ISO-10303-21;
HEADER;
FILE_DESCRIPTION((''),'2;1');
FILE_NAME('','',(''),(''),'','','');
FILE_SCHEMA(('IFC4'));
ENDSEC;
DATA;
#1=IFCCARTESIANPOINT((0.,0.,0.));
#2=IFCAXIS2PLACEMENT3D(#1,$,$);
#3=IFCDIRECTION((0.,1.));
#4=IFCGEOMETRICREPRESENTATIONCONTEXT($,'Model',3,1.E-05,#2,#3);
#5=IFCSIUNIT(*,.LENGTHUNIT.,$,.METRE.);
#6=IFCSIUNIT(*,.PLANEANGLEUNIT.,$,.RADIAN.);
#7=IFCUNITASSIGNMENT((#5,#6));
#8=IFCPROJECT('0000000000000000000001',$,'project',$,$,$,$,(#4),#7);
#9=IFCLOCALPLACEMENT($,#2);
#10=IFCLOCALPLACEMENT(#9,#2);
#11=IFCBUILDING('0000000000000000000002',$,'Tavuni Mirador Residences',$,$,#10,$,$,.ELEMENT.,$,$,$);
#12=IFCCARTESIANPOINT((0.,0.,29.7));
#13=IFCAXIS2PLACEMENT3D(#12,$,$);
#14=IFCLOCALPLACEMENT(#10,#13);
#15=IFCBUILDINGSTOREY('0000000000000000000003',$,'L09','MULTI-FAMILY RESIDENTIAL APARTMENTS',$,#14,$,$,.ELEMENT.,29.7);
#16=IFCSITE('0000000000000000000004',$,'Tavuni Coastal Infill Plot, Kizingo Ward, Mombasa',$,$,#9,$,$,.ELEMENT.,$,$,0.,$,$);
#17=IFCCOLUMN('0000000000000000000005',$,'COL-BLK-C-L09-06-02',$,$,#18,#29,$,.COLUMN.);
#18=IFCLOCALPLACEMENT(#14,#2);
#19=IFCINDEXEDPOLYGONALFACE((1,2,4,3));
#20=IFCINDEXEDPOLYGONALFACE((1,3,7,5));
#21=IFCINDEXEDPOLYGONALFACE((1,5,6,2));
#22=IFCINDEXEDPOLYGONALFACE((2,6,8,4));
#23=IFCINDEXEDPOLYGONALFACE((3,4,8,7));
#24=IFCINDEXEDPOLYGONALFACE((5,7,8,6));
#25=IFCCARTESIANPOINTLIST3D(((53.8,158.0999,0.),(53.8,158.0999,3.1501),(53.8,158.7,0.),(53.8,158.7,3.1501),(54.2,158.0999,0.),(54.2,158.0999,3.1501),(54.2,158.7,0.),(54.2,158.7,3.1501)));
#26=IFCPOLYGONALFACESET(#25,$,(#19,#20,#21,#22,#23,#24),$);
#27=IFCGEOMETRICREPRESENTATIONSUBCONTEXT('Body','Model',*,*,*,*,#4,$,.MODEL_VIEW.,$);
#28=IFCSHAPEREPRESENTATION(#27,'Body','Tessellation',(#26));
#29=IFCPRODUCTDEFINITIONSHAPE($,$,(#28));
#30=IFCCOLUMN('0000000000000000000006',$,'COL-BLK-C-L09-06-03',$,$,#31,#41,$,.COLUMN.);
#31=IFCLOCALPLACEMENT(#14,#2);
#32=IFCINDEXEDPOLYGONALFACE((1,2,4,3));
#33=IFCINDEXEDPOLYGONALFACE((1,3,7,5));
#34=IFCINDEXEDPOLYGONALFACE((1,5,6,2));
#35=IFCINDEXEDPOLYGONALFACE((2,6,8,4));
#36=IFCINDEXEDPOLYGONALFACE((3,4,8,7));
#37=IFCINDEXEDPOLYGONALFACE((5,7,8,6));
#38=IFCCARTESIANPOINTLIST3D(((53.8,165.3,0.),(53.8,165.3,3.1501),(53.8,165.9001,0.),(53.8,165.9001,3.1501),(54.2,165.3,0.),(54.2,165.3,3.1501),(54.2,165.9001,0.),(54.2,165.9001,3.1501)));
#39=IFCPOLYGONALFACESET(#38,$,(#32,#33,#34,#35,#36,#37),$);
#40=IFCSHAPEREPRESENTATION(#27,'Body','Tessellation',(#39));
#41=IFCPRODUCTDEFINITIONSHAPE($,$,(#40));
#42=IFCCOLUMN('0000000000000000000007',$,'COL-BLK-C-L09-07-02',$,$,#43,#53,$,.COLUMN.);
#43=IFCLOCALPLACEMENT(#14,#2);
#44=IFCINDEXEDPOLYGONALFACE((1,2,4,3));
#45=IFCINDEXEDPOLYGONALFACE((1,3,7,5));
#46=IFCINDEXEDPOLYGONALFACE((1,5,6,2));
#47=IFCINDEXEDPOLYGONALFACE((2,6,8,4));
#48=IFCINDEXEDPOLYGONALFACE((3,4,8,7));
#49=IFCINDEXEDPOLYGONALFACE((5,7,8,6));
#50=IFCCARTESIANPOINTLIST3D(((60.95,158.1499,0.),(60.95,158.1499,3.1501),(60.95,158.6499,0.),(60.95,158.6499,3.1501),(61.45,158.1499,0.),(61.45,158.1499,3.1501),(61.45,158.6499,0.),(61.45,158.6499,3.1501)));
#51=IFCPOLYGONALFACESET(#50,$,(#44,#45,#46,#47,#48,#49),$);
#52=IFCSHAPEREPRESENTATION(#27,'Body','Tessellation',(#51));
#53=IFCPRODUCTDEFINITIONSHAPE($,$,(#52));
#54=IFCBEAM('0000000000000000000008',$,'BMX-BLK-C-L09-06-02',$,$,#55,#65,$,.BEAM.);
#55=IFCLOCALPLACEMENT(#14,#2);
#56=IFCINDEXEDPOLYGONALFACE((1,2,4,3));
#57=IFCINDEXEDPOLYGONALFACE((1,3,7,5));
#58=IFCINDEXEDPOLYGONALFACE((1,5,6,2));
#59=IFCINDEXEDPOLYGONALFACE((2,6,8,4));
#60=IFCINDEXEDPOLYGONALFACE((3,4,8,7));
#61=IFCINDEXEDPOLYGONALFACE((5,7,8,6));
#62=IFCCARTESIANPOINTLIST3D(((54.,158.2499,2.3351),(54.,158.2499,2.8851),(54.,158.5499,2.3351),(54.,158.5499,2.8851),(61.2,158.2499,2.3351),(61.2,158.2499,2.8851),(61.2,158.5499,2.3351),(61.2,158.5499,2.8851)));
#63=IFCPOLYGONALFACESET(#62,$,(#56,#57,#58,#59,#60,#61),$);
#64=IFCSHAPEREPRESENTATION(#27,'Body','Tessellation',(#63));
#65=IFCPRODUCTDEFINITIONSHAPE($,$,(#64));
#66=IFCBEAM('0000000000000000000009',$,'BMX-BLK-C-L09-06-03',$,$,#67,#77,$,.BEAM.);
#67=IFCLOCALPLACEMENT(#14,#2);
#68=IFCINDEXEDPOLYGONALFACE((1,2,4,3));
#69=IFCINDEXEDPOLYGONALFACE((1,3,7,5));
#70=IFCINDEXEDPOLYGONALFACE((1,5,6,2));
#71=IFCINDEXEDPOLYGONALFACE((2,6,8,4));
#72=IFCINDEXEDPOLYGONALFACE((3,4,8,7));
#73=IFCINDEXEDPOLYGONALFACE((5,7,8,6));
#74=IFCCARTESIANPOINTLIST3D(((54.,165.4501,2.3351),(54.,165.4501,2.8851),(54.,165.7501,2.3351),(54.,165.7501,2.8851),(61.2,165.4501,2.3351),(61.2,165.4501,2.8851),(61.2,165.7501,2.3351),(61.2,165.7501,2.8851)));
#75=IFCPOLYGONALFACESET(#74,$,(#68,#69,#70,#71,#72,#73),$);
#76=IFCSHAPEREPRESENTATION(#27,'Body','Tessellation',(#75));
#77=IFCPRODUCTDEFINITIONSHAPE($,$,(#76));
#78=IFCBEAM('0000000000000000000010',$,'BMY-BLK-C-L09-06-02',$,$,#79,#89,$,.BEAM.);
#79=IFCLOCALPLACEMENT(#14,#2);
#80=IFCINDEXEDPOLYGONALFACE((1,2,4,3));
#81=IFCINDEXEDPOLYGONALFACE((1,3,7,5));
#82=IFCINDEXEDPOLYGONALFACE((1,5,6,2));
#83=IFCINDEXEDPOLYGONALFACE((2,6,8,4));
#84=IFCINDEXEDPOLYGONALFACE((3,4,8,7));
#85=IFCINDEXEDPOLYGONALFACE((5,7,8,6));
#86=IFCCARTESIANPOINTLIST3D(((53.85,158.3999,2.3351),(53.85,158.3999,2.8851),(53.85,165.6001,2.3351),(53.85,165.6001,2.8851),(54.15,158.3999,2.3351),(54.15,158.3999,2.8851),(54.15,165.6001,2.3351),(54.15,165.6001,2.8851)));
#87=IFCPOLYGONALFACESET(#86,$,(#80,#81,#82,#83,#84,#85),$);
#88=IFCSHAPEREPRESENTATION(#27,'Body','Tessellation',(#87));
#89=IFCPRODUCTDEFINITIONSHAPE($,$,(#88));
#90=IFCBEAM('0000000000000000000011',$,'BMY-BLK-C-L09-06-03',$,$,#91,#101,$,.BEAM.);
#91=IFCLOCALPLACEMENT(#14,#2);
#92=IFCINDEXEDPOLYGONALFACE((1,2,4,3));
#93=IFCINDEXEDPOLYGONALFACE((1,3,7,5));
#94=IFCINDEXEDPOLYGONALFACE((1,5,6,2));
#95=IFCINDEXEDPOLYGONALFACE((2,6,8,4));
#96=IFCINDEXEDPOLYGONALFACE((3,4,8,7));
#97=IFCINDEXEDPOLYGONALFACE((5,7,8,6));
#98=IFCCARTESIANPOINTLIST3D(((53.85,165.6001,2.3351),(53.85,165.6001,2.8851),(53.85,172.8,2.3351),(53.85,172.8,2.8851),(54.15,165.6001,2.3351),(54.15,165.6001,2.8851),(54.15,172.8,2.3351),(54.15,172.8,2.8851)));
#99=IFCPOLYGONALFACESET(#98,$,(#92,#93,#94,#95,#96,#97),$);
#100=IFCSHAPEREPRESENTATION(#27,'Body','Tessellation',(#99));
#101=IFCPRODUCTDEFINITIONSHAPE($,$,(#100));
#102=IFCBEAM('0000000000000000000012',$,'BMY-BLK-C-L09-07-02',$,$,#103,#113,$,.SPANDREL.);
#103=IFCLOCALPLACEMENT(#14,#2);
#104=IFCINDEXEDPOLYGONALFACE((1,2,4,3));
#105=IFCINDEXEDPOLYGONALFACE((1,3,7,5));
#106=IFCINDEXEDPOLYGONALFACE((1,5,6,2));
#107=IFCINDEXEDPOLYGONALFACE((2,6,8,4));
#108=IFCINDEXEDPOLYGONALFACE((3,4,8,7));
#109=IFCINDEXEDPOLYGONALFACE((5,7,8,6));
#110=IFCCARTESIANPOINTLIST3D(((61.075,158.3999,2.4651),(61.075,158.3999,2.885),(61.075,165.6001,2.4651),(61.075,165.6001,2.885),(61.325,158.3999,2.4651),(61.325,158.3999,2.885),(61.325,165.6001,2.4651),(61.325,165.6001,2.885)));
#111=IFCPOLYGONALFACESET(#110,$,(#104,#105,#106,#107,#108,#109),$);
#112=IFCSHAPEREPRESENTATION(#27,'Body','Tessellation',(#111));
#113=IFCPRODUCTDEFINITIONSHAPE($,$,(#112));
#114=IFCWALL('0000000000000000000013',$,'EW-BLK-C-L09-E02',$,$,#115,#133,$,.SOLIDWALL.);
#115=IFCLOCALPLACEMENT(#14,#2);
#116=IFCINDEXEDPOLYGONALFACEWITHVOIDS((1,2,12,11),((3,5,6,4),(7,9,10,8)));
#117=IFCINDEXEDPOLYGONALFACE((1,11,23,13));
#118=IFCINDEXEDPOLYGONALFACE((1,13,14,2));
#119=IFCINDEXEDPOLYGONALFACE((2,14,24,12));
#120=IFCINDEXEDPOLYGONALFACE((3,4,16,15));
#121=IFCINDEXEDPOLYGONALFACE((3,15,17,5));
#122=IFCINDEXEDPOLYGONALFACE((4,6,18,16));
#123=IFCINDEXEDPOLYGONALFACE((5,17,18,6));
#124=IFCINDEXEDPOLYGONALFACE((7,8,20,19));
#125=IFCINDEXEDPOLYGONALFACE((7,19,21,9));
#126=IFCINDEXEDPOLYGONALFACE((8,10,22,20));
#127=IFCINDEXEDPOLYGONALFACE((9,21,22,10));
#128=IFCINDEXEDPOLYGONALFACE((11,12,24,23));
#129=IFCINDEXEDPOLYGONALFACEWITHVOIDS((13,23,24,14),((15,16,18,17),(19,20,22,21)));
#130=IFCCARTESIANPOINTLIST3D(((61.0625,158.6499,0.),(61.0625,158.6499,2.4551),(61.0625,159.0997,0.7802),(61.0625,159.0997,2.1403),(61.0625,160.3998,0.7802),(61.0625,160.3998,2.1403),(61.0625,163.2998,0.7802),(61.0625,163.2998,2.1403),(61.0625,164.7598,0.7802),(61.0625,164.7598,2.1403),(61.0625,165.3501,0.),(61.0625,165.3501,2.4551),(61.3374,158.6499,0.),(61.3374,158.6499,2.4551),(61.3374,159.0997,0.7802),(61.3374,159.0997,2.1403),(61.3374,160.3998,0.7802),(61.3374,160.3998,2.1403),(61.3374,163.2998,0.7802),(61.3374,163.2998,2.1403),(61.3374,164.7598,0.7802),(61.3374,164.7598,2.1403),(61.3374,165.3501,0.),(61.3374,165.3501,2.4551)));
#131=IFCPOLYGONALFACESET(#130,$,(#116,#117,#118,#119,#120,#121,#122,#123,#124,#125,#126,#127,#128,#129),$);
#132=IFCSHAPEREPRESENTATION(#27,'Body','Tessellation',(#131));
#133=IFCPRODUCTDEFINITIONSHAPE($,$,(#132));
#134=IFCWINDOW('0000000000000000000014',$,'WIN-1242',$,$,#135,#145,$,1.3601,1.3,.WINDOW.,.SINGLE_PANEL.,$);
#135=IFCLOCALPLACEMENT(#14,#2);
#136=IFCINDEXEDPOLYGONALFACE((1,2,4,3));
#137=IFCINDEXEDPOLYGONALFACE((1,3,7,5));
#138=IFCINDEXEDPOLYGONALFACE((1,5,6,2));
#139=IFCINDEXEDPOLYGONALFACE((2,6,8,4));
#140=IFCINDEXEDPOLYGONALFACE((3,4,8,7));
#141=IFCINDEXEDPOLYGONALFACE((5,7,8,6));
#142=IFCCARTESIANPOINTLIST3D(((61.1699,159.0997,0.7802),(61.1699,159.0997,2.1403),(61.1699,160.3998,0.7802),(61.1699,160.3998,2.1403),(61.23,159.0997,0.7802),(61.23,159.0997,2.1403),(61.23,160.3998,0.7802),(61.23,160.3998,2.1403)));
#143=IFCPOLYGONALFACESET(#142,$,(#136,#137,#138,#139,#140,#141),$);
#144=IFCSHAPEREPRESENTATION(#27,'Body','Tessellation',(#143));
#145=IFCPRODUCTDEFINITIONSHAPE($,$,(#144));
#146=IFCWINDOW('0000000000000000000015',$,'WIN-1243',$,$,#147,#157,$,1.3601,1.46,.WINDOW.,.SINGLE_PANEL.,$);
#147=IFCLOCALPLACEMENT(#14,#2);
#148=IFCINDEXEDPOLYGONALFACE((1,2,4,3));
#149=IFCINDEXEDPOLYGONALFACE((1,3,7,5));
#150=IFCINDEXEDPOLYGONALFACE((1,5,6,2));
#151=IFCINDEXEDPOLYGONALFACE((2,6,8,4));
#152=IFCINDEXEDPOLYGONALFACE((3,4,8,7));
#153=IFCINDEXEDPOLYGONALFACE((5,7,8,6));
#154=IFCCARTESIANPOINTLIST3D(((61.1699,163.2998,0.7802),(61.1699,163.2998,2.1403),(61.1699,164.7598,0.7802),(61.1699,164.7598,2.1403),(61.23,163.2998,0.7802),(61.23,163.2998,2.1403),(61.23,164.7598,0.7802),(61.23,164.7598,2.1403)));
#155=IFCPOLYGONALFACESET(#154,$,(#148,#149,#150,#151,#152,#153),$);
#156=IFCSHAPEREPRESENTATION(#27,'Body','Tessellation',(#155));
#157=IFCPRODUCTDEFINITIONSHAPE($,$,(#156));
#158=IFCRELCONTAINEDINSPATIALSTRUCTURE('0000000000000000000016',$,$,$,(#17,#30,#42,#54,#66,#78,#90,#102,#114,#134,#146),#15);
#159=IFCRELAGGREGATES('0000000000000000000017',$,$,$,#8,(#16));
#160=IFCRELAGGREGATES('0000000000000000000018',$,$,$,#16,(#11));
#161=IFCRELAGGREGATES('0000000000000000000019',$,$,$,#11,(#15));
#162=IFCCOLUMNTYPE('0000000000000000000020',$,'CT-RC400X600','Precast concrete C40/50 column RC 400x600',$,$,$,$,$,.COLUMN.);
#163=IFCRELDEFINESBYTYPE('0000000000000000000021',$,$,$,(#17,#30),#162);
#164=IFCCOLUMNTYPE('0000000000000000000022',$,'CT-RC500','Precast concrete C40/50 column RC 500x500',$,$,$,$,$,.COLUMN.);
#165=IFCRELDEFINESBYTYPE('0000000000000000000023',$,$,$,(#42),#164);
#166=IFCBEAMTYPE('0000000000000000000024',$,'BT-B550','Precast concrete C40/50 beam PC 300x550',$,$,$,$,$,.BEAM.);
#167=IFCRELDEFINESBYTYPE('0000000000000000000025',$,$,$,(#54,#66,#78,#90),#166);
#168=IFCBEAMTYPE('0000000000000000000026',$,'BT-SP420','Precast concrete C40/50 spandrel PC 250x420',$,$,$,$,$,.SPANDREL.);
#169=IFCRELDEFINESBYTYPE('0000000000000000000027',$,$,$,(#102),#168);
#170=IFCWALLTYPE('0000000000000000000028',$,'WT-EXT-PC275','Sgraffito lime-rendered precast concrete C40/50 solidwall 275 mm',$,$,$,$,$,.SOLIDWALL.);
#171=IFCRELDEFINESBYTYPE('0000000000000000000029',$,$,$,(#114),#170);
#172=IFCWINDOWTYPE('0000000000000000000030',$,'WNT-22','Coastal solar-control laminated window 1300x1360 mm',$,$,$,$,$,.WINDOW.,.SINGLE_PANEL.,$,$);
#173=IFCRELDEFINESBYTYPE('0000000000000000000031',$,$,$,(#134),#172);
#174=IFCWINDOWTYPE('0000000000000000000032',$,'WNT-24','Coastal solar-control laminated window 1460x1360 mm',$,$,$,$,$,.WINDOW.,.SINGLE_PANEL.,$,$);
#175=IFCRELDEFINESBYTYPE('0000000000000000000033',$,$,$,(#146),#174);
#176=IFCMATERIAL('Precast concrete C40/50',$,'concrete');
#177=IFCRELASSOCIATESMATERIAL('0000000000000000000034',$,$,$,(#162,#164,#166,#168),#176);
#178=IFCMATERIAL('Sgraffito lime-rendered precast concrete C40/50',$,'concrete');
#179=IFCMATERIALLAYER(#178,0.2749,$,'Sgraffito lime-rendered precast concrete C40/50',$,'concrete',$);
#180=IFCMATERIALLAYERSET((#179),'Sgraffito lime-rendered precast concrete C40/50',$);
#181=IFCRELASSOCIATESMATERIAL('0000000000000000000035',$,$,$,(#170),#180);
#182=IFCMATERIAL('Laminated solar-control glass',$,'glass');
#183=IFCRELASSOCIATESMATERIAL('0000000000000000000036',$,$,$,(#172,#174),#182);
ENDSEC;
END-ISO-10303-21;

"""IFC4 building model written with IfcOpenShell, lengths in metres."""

from ifc_helpers import new_model, si_unit, direction, frame, frame_2d, origin, origin_2d, place, context, subcontext, project, spatial, rectangle, extrude, material, layer, layer_set, material_profile, profile_set, type_object, element, fill, save


model = new_model("IFC4")

# Units and contexts
model_context = context("Model", 3, precision=1e-05, world=origin(), true_north=direction((0.0, 1.0)))
body_context = subcontext(model_context, "Body", "Model", "MODEL_VIEW")
ifc_project = project(units=[si_unit("LENGTHUNIT", "METRE"), si_unit("PLANEANGLEUNIT", "RADIAN")], contexts=[model_context])

# Site, building, storey
site_placement = place(None, origin())
site = spatial("IfcSite", under=ifc_project, at=site_placement, Name="Tavuni Coastal Infill Plot, Kizingo Ward, Mombasa", CompositionType="ELEMENT", RefElevation=0.0)
building_placement = place(site_placement, origin())
building = spatial("IfcBuilding", under=site, at=building_placement, Name="Tavuni Mirador Residences", CompositionType="ELEMENT")
storey_placement = place(building_placement, frame((0.0, 0.0, 29.7)))
storey = spatial("IfcBuildingStorey", under=building, at=storey_placement, Name="L09", Description="MULTI-FAMILY RESIDENTIAL APARTMENTS", CompositionType="ELEMENT", Elevation=29.7)

# Columns
ifc_material_1 = material(Name="Precast concrete C40/50", Category="concrete")
ifc_material_profile_1 = material_profile(ifc_material_1, rectangle(XDim=0.3999, YDim=0.6001, at=origin_2d()), Name="RC 400x600", Category="concrete")
ifc_profile_set_1 = profile_set([ifc_material_profile_1], Name="Precast concrete C40/50")
column_type_1 = type_object("IfcColumnType", Name="CT-RC400X600", Description="Precast concrete C40/50 column RC 400x600", PredefinedType="COLUMN", material=ifc_profile_set_1)
for number, where, z_axis, x_axis, name in (
    (1, (54.0, 158.3999, 0.0), (0.0, 0.0, 1.0), (1.0, 0.0, 0.0), "COL-BLK-C-L09-06-02"),
    (2, (54.0, 165.6001, 0.0), (0.0, 0.0, 1.0), (1.0, 0.0, 0.0), "COL-BLK-C-L09-06-03"),
):
    element("IfcColumn", number, at=place(storey_placement, frame(where, z_axis=z_axis, x_axis=x_axis)), inside=storey, type_object=column_type_1, Name=name, PredefinedType="COLUMN", context=body_context, shape_type="SweptSolid", body=[
        extrude(rectangle(XDim=0.3999, YDim=0.6001, at=origin_2d()), origin(), (0.0, 0.0, 1.0), 3.1501),
    ])
ifc_material_profile_2 = material_profile(ifc_material_1, rectangle(XDim=0.5, YDim=0.5, at=origin_2d()), Name="RC 500x500", Category="concrete")
ifc_profile_set_2 = profile_set([ifc_material_profile_2], Name="Precast concrete C40/50")
column_type_2 = type_object("IfcColumnType", Name="CT-RC500", Description="Precast concrete C40/50 column RC 500x500", PredefinedType="COLUMN", material=ifc_profile_set_2)
column_placement = place(storey_placement, frame((61.2, 158.3999, 0.0), z_axis=(0.0, 0.0, 1.0), x_axis=(1.0, 0.0, 0.0)))
element("IfcColumn", 3, at=column_placement, inside=storey, type_object=column_type_2, Name="COL-BLK-C-L09-07-02", PredefinedType="COLUMN", context=body_context, shape_type="SweptSolid", body=[
    extrude(rectangle(XDim=0.5, YDim=0.5, at=origin_2d()), origin(), (0.0, 0.0, 1.0), 3.1501),
])

# Beams
ifc_material_profile_3 = material_profile(ifc_material_1, rectangle(XDim=0.3, YDim=0.55, at=origin_2d()), Name="PC 300x550", Category="concrete")
ifc_profile_set_3 = profile_set([ifc_material_profile_3], Name="Precast concrete C40/50")
beam_type_1 = type_object("IfcBeamType", Name="BT-B550", Description="Precast concrete C40/50 beam PC 300x550", PredefinedType="BEAM", material=ifc_profile_set_3)
for number, where, z_axis, x_axis, name in (
    (4, (54.0, 158.3999, 2.6101), (1.0, 0.0, 0.0), (0.0, 1.0, 0.0), "BMX-BLK-C-L09-06-02"),
    (5, (54.0, 165.6001, 2.6101), (1.0, 0.0, 0.0), (0.0, 1.0, 0.0), "BMX-BLK-C-L09-06-03"),
):
    element("IfcBeam", number, at=place(storey_placement, frame(where, z_axis=z_axis, x_axis=x_axis)), inside=storey, type_object=beam_type_1, Name=name, PredefinedType="BEAM", context=body_context, shape_type="SweptSolid", body=[
        extrude(rectangle(XDim=0.3, YDim=0.55, at=origin_2d()), origin(), (0.0, 0.0, 1.0), 7.2),
    ])
beam_1_placement = place(storey_placement, frame((54.0, 158.3999, 2.6101), z_axis=(0.0, 1.0, 0.0), x_axis=(-1.0, 0.0, 0.0)))
element("IfcBeam", 6, at=beam_1_placement, inside=storey, type_object=beam_type_1, Name="BMY-BLK-C-L09-06-02", PredefinedType="BEAM", context=body_context, shape_type="SweptSolid", body=[
    extrude(rectangle(XDim=0.3, YDim=0.55, at=origin_2d()), origin(), (0.0, 0.0, 1.0), 7.2002),
])
beam_2_placement = place(storey_placement, frame((54.0, 165.6001, 2.6101), z_axis=(0.0, 1.0, 0.0), x_axis=(-1.0, 0.0, 0.0)))
element("IfcBeam", 7, at=beam_2_placement, inside=storey, type_object=beam_type_1, Name="BMY-BLK-C-L09-06-03", PredefinedType="BEAM", context=body_context, shape_type="SweptSolid", body=[
    extrude(rectangle(XDim=0.3, YDim=0.55, at=origin_2d()), origin(), (0.0, 0.0, 1.0), 7.2),
])
ifc_material_profile_4 = material_profile(ifc_material_1, rectangle(XDim=0.25, YDim=0.4199, at=origin_2d()), Name="PC 250x420", Category="concrete")
ifc_profile_set_4 = profile_set([ifc_material_profile_4], Name="Precast concrete C40/50")
beam_type_2 = type_object("IfcBeamType", Name="BT-SP420", Description="Precast concrete C40/50 spandrel PC 250x420", PredefinedType="SPANDREL", material=ifc_profile_set_4)
beam_3_placement = place(storey_placement, frame((61.2, 158.3999, 2.675), z_axis=(0.0, 1.0, 0.0), x_axis=(-1.0, 0.0, 0.0)))
element("IfcBeam", 8, at=beam_3_placement, inside=storey, type_object=beam_type_2, Name="BMY-BLK-C-L09-07-02", PredefinedType="SPANDREL", context=body_context, shape_type="SweptSolid", body=[
    extrude(rectangle(XDim=0.25, YDim=0.4199, at=origin_2d()), origin(), (0.0, 0.0, 1.0), 7.2002),
])

# Wall, openings, windows
ifc_material_2 = material(Name="Sgraffito lime-rendered precast concrete C40/50", Category="concrete")
ifc_layer_1 = layer(ifc_material_2, 0.2749, Name="Sgraffito lime-rendered precast concrete C40/50", Category="concrete")
ifc_layer_set_1 = layer_set([ifc_layer_1], Name="Sgraffito lime-rendered precast concrete C40/50")
wall_type_1 = type_object("IfcWallType", Name="WT-EXT-PC275", Description="Sgraffito lime-rendered precast concrete C40/50 solidwall 275 mm", PredefinedType="SOLIDWALL", material=ifc_layer_set_1)
wall_1_placement = place(storey_placement, frame((61.2, 158.6499, 0.0), z_axis=(0.0, 0.0, 1.0), x_axis=(0.0, 1.0, 0.0)))
wall_1 = element("IfcWall", 9, at=wall_1_placement, inside=storey, type_object=wall_type_1, Name="EW-BLK-C-L09-E02", PredefinedType="SOLIDWALL", context=body_context, shape_type="SweptSolid", body=[
    extrude(rectangle(XDim=6.7002, YDim=0.2749, at=frame_2d((3.3501, 0.0))), origin(), (0.0, 0.0, 1.0), 2.4551),
])
opening_1_placement = place(wall_1_placement, frame((0.45, 0.0, 0.78)))
opening_1 = element("IfcOpeningElement", 10, at=opening_1_placement, cuts=wall_1, PredefinedType="OPENING", context=body_context, shape_type="SweptSolid", body=[
    extrude(rectangle(XDim=1.3, YDim=1.3601, at=frame_2d((0.6499, 0.6802))), frame((0.0, 0.1475, 0.0), z_axis=(0.0, -1.0, 0.0), x_axis=(1.0, 0.0, 0.0)), (0.0, 0.0, 1.0), 0.2949),
])
opening_2_placement = place(wall_1_placement, frame((4.6499, 0.0, 0.78)))
opening_2 = element("IfcOpeningElement", 11, at=opening_2_placement, cuts=wall_1, PredefinedType="OPENING", context=body_context, shape_type="SweptSolid", body=[
    extrude(rectangle(XDim=1.46, YDim=1.3601, at=frame_2d((0.73, 0.6802))), frame((0.0, 0.1475, 0.0), z_axis=(0.0, -1.0, 0.0), x_axis=(1.0, 0.0, 0.0)), (0.0, 0.0, 1.0), 0.2949),
])
ifc_material_3 = material(Name="Laminated solar-control glass", Category="glass")
window_type_1 = type_object("IfcWindowType", Name="WNT-22", Description="Coastal solar-control laminated window 1300x1360 mm", PartitioningType="SINGLE_PANEL", PredefinedType="WINDOW", material=ifc_material_3)
window_1_placement = place(opening_1_placement, origin())
window_1 = element("IfcWindow", 12, at=window_1_placement, inside=storey, type_object=window_type_1, Name="WIN-1242", OverallHeight=1.3601, OverallWidth=1.3, PartitioningType="SINGLE_PANEL", PredefinedType="WINDOW", context=body_context, shape_type="SweptSolid", body=[
    extrude(rectangle(XDim=1.3, YDim=1.3601, at=frame_2d((0.6499, 0.6802))), frame((0.0, 0.03, 0.0), z_axis=(0.0, -1.0, 0.0), x_axis=(1.0, 0.0, 0.0)), (0.0, 0.0, 1.0), 0.0601),
])
fill(opening_1, window_1)
window_type_2 = type_object("IfcWindowType", Name="WNT-24", Description="Coastal solar-control laminated window 1460x1360 mm", PartitioningType="SINGLE_PANEL", PredefinedType="WINDOW", material=ifc_material_3)
window_2_placement = place(opening_2_placement, origin())
window_2 = element("IfcWindow", 13, at=window_2_placement, inside=storey, type_object=window_type_2, Name="WIN-1243", OverallHeight=1.3601, OverallWidth=1.46, PartitioningType="SINGLE_PANEL", PredefinedType="WINDOW", context=body_context, shape_type="SweptSolid", body=[
    extrude(rectangle(XDim=1.46, YDim=1.3601, at=frame_2d((0.73, 0.6802))), frame((0.0, 0.03, 0.0), z_axis=(0.0, -1.0, 0.0), x_axis=(1.0, 0.0, 0.0)), (0.0, 0.0, 1.0), 0.0601),
])
fill(opening_2, window_2)

save(model, "model.ifc")
